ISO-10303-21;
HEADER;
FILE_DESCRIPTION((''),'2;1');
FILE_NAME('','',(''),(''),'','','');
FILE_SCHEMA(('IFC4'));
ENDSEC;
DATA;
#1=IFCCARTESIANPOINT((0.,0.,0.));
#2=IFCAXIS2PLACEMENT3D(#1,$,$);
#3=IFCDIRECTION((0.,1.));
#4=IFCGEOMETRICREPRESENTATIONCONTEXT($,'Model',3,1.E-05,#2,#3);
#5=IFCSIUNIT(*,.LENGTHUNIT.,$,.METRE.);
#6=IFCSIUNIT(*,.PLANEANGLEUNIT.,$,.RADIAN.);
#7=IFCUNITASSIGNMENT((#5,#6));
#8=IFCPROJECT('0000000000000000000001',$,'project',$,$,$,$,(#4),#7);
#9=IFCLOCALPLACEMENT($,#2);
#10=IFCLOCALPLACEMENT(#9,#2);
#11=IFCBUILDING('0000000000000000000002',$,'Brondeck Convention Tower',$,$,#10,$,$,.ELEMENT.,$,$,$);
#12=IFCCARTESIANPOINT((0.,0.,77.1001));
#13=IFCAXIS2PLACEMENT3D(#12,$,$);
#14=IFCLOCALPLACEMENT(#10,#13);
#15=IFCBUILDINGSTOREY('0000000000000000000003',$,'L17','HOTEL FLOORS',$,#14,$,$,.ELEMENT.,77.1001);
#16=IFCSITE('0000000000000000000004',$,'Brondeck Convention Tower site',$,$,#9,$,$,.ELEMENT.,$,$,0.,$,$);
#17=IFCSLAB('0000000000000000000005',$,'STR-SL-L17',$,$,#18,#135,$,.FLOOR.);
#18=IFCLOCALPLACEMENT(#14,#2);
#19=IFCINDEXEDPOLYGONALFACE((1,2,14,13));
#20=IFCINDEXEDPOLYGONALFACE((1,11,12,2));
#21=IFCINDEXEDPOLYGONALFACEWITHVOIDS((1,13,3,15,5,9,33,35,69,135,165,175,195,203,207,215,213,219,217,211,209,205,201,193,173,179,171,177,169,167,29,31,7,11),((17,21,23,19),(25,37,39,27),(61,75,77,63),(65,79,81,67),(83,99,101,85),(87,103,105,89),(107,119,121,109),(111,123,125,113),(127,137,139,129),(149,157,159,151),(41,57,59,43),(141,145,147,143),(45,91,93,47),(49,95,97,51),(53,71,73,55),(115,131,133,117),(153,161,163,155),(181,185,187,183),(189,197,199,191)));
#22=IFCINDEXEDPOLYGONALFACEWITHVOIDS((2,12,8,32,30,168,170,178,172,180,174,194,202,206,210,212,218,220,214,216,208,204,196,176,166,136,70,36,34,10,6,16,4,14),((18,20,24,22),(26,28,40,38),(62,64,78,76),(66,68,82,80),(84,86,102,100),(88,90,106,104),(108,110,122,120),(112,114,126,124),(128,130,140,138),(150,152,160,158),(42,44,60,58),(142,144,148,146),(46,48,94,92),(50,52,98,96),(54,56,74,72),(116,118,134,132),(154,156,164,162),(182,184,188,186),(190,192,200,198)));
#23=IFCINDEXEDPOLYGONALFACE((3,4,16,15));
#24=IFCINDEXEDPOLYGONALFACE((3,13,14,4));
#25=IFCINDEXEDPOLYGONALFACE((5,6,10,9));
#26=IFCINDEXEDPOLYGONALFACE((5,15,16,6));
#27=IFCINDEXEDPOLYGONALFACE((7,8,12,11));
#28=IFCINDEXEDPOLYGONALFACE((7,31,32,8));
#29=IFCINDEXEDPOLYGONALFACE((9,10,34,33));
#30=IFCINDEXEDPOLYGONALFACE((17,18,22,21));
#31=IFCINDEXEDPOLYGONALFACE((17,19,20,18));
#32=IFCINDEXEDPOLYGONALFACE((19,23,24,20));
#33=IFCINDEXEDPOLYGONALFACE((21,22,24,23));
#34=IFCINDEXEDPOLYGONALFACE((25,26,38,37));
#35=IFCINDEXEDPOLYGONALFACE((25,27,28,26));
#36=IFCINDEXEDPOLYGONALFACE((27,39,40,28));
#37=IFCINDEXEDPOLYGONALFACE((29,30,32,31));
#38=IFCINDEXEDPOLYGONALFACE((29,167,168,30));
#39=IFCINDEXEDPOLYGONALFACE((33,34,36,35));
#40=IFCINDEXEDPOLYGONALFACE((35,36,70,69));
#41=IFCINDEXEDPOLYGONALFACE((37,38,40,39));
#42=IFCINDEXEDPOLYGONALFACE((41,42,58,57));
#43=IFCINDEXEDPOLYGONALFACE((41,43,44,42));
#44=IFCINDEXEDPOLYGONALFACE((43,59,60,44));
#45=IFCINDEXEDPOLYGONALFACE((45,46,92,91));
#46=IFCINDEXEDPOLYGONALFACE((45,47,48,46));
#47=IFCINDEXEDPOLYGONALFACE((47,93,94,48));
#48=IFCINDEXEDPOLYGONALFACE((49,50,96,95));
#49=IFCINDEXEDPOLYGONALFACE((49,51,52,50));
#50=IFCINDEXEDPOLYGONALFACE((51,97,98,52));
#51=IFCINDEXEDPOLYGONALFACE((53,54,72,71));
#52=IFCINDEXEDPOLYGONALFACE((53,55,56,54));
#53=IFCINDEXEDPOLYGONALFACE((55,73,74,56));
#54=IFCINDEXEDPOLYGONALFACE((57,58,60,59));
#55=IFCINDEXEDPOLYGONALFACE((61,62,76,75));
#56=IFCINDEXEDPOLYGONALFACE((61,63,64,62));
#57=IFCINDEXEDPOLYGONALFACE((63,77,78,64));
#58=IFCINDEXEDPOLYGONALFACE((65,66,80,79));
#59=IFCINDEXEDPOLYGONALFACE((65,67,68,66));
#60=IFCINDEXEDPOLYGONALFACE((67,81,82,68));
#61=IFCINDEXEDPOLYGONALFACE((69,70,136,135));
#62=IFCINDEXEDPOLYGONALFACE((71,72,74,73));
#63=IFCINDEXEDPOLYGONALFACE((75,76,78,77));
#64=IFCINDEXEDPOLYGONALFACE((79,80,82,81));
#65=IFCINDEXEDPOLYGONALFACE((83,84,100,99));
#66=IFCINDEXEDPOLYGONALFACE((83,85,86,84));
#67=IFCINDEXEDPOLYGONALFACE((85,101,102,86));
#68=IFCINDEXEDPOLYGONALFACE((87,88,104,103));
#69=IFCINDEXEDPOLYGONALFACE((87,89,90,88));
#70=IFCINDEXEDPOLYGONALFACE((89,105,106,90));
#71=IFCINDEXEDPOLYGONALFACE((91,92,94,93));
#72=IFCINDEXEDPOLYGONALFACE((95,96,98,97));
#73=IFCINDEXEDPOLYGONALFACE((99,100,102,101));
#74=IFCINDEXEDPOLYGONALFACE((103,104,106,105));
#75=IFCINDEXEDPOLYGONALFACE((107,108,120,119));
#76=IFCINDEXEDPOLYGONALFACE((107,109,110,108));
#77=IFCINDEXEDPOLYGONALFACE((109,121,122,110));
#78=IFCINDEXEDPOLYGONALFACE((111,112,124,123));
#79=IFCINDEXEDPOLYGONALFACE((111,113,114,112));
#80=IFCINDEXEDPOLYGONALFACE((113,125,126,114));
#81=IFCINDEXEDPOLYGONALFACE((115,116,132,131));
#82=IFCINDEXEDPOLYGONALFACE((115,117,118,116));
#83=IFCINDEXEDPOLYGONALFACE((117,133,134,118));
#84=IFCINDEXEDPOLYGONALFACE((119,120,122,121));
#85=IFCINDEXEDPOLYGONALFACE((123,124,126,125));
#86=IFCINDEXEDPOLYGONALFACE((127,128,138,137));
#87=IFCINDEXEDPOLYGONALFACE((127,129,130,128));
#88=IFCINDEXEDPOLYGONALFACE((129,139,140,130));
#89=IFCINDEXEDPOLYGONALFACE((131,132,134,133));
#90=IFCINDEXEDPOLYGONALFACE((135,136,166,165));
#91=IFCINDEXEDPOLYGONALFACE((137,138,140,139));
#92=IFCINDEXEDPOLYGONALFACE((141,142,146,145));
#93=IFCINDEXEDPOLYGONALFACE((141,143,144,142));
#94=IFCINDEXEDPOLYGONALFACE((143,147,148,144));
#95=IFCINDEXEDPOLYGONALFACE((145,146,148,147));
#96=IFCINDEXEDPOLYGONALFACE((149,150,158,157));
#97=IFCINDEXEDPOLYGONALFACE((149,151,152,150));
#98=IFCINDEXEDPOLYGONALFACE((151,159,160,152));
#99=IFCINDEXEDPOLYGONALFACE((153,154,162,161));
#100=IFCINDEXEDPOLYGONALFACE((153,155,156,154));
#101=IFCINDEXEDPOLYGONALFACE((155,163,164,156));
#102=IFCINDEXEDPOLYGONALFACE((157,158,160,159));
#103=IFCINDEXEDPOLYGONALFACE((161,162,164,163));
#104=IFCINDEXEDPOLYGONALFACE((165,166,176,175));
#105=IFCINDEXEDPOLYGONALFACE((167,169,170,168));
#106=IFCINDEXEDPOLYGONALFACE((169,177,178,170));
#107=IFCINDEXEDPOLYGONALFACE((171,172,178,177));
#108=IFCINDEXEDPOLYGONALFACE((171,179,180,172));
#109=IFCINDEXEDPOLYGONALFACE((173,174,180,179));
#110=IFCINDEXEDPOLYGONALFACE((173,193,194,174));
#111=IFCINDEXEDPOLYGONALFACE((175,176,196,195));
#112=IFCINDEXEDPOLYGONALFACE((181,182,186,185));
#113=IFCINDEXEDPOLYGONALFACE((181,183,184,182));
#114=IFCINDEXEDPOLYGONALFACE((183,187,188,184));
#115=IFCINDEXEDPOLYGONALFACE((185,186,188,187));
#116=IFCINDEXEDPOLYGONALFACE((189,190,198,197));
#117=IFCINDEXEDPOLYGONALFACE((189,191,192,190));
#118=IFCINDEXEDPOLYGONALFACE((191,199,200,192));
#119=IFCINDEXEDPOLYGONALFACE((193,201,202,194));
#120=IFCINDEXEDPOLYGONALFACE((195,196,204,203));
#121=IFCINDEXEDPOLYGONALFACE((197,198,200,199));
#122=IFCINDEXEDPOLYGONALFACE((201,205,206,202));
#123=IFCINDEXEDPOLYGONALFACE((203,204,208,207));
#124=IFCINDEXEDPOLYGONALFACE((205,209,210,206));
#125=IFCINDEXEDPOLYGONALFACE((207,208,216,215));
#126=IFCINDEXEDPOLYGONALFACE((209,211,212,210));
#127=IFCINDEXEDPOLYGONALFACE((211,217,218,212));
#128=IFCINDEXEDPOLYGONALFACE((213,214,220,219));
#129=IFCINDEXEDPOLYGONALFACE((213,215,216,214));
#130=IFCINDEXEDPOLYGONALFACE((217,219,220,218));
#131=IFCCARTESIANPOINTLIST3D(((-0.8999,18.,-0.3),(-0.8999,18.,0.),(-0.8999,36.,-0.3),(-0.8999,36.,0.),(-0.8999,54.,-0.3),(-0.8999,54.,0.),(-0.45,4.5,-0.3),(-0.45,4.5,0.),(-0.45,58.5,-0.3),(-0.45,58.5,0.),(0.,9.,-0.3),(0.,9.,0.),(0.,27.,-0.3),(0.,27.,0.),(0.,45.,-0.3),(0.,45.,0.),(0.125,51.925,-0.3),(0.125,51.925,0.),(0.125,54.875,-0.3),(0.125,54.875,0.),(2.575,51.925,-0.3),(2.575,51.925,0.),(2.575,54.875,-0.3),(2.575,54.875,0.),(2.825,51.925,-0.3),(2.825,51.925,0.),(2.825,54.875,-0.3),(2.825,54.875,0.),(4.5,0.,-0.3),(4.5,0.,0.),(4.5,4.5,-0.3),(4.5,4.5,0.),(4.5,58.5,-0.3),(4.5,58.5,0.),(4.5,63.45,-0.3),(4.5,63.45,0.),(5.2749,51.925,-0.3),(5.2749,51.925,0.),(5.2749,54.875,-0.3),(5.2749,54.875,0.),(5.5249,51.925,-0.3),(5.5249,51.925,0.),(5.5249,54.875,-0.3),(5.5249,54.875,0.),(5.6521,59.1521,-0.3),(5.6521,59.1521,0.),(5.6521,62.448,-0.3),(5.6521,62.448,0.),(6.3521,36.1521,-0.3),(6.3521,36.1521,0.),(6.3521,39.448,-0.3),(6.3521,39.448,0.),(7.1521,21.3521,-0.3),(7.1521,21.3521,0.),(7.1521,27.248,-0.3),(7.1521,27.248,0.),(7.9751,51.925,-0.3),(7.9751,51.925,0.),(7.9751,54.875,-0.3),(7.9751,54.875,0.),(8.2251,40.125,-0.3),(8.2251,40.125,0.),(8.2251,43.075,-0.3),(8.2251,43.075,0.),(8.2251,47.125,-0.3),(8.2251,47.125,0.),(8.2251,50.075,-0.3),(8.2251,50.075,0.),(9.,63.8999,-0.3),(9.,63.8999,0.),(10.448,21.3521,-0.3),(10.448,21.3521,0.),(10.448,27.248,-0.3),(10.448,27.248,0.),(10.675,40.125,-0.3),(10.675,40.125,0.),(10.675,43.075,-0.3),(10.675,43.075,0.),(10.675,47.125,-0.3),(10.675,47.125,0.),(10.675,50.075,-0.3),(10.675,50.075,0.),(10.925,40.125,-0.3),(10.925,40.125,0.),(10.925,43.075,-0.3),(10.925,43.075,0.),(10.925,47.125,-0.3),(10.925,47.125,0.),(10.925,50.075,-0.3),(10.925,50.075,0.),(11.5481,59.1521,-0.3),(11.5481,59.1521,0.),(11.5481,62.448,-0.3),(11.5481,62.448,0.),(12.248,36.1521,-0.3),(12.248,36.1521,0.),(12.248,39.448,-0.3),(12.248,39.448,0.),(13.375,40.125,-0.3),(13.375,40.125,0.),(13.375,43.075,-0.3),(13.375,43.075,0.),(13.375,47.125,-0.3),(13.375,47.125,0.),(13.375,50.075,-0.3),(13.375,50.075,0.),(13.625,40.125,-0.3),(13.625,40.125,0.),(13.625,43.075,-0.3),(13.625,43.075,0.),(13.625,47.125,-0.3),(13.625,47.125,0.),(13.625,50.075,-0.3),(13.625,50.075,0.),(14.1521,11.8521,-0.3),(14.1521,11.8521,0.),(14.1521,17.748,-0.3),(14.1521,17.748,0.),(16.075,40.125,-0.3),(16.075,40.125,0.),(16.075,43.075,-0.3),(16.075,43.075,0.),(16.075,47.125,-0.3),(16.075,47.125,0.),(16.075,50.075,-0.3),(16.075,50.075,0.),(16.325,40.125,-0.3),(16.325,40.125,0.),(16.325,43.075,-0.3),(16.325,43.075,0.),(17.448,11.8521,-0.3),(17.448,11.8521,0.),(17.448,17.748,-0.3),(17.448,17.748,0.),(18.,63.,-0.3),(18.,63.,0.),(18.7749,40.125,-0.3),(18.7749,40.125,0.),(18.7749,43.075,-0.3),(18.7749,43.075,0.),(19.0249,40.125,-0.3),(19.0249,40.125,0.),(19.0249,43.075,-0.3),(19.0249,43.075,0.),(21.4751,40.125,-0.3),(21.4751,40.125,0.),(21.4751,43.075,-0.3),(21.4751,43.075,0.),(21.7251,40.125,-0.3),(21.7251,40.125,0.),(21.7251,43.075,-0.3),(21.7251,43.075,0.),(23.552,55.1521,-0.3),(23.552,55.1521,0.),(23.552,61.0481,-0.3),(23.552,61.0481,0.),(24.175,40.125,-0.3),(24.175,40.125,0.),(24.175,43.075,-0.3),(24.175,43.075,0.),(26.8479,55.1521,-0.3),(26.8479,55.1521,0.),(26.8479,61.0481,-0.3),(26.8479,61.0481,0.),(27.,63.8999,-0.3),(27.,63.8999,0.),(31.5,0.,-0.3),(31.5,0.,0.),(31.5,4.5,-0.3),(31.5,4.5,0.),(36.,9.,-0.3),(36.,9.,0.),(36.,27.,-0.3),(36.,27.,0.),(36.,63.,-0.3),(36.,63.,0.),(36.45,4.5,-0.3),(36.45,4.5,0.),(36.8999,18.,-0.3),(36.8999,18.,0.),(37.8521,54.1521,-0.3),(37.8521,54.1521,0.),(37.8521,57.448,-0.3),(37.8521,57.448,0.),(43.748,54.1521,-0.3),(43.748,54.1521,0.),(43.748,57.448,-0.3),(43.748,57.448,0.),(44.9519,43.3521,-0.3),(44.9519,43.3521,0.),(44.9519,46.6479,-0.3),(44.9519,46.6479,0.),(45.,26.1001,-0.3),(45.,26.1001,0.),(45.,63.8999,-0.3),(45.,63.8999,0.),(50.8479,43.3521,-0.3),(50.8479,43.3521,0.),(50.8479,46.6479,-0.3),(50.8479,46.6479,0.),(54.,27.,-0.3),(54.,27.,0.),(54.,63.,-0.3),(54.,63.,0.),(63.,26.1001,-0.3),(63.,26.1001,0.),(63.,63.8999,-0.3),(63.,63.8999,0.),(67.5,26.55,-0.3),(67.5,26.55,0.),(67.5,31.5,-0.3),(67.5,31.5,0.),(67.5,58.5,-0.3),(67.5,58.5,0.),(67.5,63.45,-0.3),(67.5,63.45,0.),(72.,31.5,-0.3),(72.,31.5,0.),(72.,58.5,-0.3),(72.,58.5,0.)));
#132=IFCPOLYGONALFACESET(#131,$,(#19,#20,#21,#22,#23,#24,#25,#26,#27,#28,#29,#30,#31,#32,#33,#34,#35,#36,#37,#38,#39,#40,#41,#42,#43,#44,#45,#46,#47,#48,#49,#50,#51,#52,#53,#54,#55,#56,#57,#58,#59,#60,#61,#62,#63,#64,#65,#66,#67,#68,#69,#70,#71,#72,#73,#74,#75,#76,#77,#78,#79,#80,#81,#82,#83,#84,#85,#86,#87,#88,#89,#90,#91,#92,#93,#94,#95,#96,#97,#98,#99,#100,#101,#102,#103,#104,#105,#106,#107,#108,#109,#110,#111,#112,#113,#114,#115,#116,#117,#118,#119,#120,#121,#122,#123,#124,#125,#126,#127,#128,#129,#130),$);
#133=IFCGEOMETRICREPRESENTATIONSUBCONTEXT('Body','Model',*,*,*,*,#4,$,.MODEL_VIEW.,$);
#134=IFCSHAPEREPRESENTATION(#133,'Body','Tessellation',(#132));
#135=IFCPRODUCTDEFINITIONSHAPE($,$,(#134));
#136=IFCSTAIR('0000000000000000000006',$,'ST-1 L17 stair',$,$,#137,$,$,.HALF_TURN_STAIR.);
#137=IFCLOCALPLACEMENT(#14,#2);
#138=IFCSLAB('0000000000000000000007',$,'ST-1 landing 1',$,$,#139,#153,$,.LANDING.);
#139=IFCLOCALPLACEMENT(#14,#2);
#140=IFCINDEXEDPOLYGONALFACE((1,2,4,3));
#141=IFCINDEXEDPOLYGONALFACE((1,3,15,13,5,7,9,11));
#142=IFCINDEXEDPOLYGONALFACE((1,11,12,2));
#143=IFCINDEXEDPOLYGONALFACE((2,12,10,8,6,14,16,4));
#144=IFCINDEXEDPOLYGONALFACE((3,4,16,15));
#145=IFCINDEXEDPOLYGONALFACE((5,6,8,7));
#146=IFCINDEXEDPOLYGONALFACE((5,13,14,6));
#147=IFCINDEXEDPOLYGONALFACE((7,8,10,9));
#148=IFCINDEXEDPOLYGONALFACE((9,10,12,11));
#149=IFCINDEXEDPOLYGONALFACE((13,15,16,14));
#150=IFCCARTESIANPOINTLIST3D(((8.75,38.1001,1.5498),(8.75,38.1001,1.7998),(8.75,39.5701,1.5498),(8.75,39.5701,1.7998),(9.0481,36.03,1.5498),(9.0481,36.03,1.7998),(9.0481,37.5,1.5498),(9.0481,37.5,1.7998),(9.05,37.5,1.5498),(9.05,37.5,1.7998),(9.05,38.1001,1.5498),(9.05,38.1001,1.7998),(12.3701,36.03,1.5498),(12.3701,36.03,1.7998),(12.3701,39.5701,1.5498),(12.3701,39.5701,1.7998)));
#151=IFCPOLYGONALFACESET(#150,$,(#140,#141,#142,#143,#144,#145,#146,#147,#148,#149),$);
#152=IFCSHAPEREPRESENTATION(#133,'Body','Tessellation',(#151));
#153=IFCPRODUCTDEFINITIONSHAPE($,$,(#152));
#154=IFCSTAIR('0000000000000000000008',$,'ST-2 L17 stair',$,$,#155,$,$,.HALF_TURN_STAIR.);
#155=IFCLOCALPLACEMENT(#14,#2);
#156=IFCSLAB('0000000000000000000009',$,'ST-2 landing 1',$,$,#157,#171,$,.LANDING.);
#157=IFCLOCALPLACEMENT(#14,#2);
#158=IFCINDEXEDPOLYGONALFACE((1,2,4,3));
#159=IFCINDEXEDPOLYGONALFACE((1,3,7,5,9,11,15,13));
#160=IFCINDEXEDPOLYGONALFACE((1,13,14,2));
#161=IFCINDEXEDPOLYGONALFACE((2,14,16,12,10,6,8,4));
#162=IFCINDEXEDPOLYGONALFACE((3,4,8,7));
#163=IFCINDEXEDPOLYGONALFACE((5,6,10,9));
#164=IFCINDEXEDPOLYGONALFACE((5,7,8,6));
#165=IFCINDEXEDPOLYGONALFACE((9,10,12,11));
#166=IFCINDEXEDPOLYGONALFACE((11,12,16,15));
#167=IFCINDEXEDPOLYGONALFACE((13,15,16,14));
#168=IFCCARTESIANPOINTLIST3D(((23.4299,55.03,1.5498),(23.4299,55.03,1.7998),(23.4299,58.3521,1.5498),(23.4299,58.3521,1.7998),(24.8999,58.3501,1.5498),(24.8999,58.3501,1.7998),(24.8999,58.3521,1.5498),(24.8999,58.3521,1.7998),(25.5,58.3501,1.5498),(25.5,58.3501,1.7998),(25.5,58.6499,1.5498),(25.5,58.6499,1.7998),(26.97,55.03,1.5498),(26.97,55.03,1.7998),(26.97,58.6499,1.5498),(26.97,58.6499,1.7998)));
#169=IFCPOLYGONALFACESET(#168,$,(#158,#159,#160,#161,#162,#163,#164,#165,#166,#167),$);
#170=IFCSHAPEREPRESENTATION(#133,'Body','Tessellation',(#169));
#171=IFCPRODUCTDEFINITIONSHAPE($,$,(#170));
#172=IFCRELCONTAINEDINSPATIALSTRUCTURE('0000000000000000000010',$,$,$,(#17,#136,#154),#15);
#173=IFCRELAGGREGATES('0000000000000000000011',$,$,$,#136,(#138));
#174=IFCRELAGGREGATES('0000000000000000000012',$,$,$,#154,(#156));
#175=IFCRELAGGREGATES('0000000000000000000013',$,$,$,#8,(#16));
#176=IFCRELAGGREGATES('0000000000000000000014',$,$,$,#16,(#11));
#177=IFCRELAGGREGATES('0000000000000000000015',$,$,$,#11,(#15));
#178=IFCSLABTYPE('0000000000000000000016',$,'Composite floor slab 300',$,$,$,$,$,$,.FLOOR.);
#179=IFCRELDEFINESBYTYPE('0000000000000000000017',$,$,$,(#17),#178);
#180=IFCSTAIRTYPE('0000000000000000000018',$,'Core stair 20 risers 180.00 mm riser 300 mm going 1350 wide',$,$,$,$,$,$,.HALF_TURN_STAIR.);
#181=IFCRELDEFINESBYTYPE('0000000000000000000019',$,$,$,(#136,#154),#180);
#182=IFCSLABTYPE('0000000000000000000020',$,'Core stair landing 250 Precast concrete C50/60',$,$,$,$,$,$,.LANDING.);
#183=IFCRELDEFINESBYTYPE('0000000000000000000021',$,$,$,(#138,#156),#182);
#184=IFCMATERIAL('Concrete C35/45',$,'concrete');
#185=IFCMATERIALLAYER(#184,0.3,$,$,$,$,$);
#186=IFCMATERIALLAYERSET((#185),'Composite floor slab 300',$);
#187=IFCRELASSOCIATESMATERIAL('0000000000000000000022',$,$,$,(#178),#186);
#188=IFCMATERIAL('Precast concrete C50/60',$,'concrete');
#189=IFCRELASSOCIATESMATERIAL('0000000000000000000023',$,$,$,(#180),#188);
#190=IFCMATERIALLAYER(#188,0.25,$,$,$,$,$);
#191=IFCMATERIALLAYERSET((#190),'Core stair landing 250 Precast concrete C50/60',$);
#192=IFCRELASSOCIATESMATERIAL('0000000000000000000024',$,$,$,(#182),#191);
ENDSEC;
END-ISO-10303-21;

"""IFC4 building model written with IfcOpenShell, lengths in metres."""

from ifc_helpers import new_model, si_unit, direction, frame, origin, place, context, subcontext, project, spatial, polyline, outline, extrude, material, layer, layer_set, type_object, element, aggregate, save


model = new_model("IFC4")

# Units and contexts
model_context = context("Model", 3, precision=1e-05, world=origin(), true_north=direction((0.0, 1.0)))
body_context = subcontext(model_context, "Body", "Model", "MODEL_VIEW")
ifc_project = project(units=[si_unit("LENGTHUNIT", "METRE"), si_unit("PLANEANGLEUNIT", "RADIAN")], contexts=[model_context])

# Site, building, storey
site_placement = place(None, origin())
site = spatial("IfcSite", under=ifc_project, at=site_placement, Name="Brondeck Convention Tower site", CompositionType="ELEMENT", RefElevation=0.0)
building_placement = place(site_placement, origin())
building = spatial("IfcBuilding", under=site, at=building_placement, Name="Brondeck Convention Tower", CompositionType="ELEMENT")
storey_placement = place(building_placement, frame((0.0, 0.0, 77.1001)))
storey = spatial("IfcBuildingStorey", under=building, at=storey_placement, Name="L17", Description="HOTEL FLOORS", CompositionType="ELEMENT", Elevation=77.1001)

# Slab
ifc_material_1 = material(Name="Concrete C35/45", Category="concrete")
ifc_layer_1 = layer(ifc_material_1, 0.3)
ifc_layer_set_1 = layer_set([ifc_layer_1], Name="Composite floor slab 300")
slab_type_1 = type_object("IfcSlabType", Name="Composite floor slab 300", PredefinedType="FLOOR", material=ifc_layer_set_1)
slab_1_placement = place(storey_placement, frame((0.0, 0.0, -0.3)))
element("IfcSlab", 1, at=slab_1_placement, inside=storey, type_object=slab_type_1, Name="STR-SL-L17", PredefinedType="FLOOR", context=body_context, shape_type="SweptSolid", body=[
    extrude(outline(polyline([(4.5, 4.5), (-0.45, 4.5), (0.0, 9.0), (-0.8999, 18.0), (0.0, 27.0), (-0.8999, 36.0), (0.0, 45.0), (-0.8999, 54.0), (-0.45, 58.5), (4.5, 58.5), (4.5, 63.45), (9.0, 63.8999), (18.0, 63.0), (27.0, 63.8999), (36.0, 63.0), (45.0, 63.8999), (54.0, 63.0), (63.0, 63.8999), (67.5, 63.45), (67.5, 58.5), (72.0, 58.5), (72.0, 31.5), (67.5, 31.5), (67.5, 26.55), (63.0, 26.1001), (54.0, 27.0), (45.0, 26.1001), (36.0, 27.0), (36.8999, 18.0), (36.0, 9.0), (36.45, 4.5), (31.5, 4.5), (31.5, 0.0), (4.5, 0.0), (4.5, 4.5)]), holes=[polyline([(10.448, 27.248), (7.1521, 27.248), (7.1521, 21.3521), (10.448, 21.3521), (10.448, 27.248)]), polyline([(12.248, 36.1521), (12.248, 39.448), (6.3521, 39.448), (6.3521, 36.1521), (12.248, 36.1521)]), polyline([(10.675, 40.125), (10.675, 43.075), (8.2251, 43.075), (8.2251, 40.125), (10.675, 40.125)]), polyline([(13.375, 40.125), (13.375, 43.075), (10.925, 43.075), (10.925, 40.125), (13.375, 40.125)]), polyline([(10.675, 47.125), (10.675, 50.075), (8.2251, 50.075), (8.2251, 47.125), (10.675, 47.125)]), polyline([(13.375, 47.125), (13.375, 50.075), (10.925, 50.075), (10.925, 47.125), (13.375, 47.125)]), polyline([(2.575, 51.925), (2.575, 54.875), (0.125, 54.875), (0.125, 51.925), (2.575, 51.925)]), polyline([(2.825, 51.925), (5.2749, 51.925), (5.2749, 54.875), (2.825, 54.875), (2.825, 51.925)]), polyline([(5.5249, 51.925), (7.9751, 51.925), (7.9751, 54.875), (5.5249, 54.875), (5.5249, 51.925)]), polyline([(5.6521, 62.448), (5.6521, 59.1521), (11.5481, 59.1521), (11.5481, 62.448), (5.6521, 62.448)]), polyline([(17.448, 17.748), (14.1521, 17.748), (14.1521, 11.8521), (17.448, 11.8521), (17.448, 17.748)]), polyline([(16.075, 40.125), (16.075, 43.075), (13.625, 43.075), (13.625, 40.125), (16.075, 40.125)]), polyline([(16.325, 40.125), (18.7749, 40.125), (18.7749, 43.075), (16.325, 43.075), (16.325, 40.125)]), polyline([(19.0249, 40.125), (21.4751, 40.125), (21.4751, 43.075), (19.0249, 43.075), (19.0249, 40.125)]), polyline([(24.175, 40.125), (24.175, 43.075), (21.7251, 43.075), (21.7251, 40.125), (24.175, 40.125)]), polyline([(50.8479, 43.3521), (50.8479, 46.6479), (44.9519, 46.6479), (44.9519, 43.3521), (50.8479, 43.3521)]), polyline([(16.075, 47.125), (16.075, 50.075), (13.625, 50.075), (13.625, 47.125), (16.075, 47.125)]), polyline([(37.8521, 54.1521), (43.748, 54.1521), (43.748, 57.448), (37.8521, 57.448), (37.8521, 54.1521)]), polyline([(23.552, 61.0481), (23.552, 55.1521), (26.8479, 55.1521), (26.8479, 61.0481), (23.552, 61.0481)])]), origin(), (0.0, 0.0, 1.0), 0.3),
])

# Stairs, slabs
ifc_material_2 = material(Name="Precast concrete C50/60", Category="concrete")
stair_type = type_object("IfcStairType", Name="Core stair 20 risers 180.00 mm riser 300 mm going 1350 wide", PredefinedType="HALF_TURN_STAIR", material=ifc_material_2)
stair_1_placement = place(storey_placement, origin())
stair_1 = element("IfcStair", 2, at=stair_1_placement, inside=storey, type_object=stair_type, Name="ST-1 L17 stair", PredefinedType="HALF_TURN_STAIR")
ifc_layer_2 = layer(ifc_material_2, 0.25)
ifc_layer_set_2 = layer_set([ifc_layer_2], Name="Core stair landing 250 Precast concrete C50/60")
slab_type_2 = type_object("IfcSlabType", Name="Core stair landing 250 Precast concrete C50/60", PredefinedType="LANDING", material=ifc_layer_set_2)
slab_2_placement = place(storey_placement, frame((0.0, 0.0, 1.5498)))
slab_2 = element("IfcSlab", 3, at=slab_2_placement, type_object=slab_type_2, Name="ST-1 landing 1", PredefinedType="LANDING", context=body_context, shape_type="SweptSolid", body=[
    extrude(outline(polyline([(9.0481, 37.5), (9.05, 37.5), (9.05, 38.1001), (8.75, 38.1001), (8.75, 39.5701), (12.3701, 39.5701), (12.3701, 36.03), (9.0481, 36.03), (9.0481, 37.5)])), origin(), (0.0, 0.0, 1.0), 0.25),
])
aggregate(stair_1, [slab_2])
stair_2_placement = place(storey_placement, origin())
stair_2 = element("IfcStair", 4, at=stair_2_placement, inside=storey, type_object=stair_type, Name="ST-2 L17 stair", PredefinedType="HALF_TURN_STAIR")
slab_3_placement = place(storey_placement, frame((0.0, 0.0, 1.5498)))
slab_3 = element("IfcSlab", 5, at=slab_3_placement, type_object=slab_type_2, Name="ST-2 landing 1", PredefinedType="LANDING", context=body_context, shape_type="SweptSolid", body=[
    extrude(outline(polyline([(23.4299, 58.3521), (24.8999, 58.3521), (24.8999, 58.3501), (25.5, 58.3501), (25.5, 58.6499), (26.97, 58.6499), (26.97, 55.03), (23.4299, 55.03), (23.4299, 58.3521)])), origin(), (0.0, 0.0, 1.0), 0.25),
])
aggregate(stair_2, [slab_3])

save(model, "model.ifc")
